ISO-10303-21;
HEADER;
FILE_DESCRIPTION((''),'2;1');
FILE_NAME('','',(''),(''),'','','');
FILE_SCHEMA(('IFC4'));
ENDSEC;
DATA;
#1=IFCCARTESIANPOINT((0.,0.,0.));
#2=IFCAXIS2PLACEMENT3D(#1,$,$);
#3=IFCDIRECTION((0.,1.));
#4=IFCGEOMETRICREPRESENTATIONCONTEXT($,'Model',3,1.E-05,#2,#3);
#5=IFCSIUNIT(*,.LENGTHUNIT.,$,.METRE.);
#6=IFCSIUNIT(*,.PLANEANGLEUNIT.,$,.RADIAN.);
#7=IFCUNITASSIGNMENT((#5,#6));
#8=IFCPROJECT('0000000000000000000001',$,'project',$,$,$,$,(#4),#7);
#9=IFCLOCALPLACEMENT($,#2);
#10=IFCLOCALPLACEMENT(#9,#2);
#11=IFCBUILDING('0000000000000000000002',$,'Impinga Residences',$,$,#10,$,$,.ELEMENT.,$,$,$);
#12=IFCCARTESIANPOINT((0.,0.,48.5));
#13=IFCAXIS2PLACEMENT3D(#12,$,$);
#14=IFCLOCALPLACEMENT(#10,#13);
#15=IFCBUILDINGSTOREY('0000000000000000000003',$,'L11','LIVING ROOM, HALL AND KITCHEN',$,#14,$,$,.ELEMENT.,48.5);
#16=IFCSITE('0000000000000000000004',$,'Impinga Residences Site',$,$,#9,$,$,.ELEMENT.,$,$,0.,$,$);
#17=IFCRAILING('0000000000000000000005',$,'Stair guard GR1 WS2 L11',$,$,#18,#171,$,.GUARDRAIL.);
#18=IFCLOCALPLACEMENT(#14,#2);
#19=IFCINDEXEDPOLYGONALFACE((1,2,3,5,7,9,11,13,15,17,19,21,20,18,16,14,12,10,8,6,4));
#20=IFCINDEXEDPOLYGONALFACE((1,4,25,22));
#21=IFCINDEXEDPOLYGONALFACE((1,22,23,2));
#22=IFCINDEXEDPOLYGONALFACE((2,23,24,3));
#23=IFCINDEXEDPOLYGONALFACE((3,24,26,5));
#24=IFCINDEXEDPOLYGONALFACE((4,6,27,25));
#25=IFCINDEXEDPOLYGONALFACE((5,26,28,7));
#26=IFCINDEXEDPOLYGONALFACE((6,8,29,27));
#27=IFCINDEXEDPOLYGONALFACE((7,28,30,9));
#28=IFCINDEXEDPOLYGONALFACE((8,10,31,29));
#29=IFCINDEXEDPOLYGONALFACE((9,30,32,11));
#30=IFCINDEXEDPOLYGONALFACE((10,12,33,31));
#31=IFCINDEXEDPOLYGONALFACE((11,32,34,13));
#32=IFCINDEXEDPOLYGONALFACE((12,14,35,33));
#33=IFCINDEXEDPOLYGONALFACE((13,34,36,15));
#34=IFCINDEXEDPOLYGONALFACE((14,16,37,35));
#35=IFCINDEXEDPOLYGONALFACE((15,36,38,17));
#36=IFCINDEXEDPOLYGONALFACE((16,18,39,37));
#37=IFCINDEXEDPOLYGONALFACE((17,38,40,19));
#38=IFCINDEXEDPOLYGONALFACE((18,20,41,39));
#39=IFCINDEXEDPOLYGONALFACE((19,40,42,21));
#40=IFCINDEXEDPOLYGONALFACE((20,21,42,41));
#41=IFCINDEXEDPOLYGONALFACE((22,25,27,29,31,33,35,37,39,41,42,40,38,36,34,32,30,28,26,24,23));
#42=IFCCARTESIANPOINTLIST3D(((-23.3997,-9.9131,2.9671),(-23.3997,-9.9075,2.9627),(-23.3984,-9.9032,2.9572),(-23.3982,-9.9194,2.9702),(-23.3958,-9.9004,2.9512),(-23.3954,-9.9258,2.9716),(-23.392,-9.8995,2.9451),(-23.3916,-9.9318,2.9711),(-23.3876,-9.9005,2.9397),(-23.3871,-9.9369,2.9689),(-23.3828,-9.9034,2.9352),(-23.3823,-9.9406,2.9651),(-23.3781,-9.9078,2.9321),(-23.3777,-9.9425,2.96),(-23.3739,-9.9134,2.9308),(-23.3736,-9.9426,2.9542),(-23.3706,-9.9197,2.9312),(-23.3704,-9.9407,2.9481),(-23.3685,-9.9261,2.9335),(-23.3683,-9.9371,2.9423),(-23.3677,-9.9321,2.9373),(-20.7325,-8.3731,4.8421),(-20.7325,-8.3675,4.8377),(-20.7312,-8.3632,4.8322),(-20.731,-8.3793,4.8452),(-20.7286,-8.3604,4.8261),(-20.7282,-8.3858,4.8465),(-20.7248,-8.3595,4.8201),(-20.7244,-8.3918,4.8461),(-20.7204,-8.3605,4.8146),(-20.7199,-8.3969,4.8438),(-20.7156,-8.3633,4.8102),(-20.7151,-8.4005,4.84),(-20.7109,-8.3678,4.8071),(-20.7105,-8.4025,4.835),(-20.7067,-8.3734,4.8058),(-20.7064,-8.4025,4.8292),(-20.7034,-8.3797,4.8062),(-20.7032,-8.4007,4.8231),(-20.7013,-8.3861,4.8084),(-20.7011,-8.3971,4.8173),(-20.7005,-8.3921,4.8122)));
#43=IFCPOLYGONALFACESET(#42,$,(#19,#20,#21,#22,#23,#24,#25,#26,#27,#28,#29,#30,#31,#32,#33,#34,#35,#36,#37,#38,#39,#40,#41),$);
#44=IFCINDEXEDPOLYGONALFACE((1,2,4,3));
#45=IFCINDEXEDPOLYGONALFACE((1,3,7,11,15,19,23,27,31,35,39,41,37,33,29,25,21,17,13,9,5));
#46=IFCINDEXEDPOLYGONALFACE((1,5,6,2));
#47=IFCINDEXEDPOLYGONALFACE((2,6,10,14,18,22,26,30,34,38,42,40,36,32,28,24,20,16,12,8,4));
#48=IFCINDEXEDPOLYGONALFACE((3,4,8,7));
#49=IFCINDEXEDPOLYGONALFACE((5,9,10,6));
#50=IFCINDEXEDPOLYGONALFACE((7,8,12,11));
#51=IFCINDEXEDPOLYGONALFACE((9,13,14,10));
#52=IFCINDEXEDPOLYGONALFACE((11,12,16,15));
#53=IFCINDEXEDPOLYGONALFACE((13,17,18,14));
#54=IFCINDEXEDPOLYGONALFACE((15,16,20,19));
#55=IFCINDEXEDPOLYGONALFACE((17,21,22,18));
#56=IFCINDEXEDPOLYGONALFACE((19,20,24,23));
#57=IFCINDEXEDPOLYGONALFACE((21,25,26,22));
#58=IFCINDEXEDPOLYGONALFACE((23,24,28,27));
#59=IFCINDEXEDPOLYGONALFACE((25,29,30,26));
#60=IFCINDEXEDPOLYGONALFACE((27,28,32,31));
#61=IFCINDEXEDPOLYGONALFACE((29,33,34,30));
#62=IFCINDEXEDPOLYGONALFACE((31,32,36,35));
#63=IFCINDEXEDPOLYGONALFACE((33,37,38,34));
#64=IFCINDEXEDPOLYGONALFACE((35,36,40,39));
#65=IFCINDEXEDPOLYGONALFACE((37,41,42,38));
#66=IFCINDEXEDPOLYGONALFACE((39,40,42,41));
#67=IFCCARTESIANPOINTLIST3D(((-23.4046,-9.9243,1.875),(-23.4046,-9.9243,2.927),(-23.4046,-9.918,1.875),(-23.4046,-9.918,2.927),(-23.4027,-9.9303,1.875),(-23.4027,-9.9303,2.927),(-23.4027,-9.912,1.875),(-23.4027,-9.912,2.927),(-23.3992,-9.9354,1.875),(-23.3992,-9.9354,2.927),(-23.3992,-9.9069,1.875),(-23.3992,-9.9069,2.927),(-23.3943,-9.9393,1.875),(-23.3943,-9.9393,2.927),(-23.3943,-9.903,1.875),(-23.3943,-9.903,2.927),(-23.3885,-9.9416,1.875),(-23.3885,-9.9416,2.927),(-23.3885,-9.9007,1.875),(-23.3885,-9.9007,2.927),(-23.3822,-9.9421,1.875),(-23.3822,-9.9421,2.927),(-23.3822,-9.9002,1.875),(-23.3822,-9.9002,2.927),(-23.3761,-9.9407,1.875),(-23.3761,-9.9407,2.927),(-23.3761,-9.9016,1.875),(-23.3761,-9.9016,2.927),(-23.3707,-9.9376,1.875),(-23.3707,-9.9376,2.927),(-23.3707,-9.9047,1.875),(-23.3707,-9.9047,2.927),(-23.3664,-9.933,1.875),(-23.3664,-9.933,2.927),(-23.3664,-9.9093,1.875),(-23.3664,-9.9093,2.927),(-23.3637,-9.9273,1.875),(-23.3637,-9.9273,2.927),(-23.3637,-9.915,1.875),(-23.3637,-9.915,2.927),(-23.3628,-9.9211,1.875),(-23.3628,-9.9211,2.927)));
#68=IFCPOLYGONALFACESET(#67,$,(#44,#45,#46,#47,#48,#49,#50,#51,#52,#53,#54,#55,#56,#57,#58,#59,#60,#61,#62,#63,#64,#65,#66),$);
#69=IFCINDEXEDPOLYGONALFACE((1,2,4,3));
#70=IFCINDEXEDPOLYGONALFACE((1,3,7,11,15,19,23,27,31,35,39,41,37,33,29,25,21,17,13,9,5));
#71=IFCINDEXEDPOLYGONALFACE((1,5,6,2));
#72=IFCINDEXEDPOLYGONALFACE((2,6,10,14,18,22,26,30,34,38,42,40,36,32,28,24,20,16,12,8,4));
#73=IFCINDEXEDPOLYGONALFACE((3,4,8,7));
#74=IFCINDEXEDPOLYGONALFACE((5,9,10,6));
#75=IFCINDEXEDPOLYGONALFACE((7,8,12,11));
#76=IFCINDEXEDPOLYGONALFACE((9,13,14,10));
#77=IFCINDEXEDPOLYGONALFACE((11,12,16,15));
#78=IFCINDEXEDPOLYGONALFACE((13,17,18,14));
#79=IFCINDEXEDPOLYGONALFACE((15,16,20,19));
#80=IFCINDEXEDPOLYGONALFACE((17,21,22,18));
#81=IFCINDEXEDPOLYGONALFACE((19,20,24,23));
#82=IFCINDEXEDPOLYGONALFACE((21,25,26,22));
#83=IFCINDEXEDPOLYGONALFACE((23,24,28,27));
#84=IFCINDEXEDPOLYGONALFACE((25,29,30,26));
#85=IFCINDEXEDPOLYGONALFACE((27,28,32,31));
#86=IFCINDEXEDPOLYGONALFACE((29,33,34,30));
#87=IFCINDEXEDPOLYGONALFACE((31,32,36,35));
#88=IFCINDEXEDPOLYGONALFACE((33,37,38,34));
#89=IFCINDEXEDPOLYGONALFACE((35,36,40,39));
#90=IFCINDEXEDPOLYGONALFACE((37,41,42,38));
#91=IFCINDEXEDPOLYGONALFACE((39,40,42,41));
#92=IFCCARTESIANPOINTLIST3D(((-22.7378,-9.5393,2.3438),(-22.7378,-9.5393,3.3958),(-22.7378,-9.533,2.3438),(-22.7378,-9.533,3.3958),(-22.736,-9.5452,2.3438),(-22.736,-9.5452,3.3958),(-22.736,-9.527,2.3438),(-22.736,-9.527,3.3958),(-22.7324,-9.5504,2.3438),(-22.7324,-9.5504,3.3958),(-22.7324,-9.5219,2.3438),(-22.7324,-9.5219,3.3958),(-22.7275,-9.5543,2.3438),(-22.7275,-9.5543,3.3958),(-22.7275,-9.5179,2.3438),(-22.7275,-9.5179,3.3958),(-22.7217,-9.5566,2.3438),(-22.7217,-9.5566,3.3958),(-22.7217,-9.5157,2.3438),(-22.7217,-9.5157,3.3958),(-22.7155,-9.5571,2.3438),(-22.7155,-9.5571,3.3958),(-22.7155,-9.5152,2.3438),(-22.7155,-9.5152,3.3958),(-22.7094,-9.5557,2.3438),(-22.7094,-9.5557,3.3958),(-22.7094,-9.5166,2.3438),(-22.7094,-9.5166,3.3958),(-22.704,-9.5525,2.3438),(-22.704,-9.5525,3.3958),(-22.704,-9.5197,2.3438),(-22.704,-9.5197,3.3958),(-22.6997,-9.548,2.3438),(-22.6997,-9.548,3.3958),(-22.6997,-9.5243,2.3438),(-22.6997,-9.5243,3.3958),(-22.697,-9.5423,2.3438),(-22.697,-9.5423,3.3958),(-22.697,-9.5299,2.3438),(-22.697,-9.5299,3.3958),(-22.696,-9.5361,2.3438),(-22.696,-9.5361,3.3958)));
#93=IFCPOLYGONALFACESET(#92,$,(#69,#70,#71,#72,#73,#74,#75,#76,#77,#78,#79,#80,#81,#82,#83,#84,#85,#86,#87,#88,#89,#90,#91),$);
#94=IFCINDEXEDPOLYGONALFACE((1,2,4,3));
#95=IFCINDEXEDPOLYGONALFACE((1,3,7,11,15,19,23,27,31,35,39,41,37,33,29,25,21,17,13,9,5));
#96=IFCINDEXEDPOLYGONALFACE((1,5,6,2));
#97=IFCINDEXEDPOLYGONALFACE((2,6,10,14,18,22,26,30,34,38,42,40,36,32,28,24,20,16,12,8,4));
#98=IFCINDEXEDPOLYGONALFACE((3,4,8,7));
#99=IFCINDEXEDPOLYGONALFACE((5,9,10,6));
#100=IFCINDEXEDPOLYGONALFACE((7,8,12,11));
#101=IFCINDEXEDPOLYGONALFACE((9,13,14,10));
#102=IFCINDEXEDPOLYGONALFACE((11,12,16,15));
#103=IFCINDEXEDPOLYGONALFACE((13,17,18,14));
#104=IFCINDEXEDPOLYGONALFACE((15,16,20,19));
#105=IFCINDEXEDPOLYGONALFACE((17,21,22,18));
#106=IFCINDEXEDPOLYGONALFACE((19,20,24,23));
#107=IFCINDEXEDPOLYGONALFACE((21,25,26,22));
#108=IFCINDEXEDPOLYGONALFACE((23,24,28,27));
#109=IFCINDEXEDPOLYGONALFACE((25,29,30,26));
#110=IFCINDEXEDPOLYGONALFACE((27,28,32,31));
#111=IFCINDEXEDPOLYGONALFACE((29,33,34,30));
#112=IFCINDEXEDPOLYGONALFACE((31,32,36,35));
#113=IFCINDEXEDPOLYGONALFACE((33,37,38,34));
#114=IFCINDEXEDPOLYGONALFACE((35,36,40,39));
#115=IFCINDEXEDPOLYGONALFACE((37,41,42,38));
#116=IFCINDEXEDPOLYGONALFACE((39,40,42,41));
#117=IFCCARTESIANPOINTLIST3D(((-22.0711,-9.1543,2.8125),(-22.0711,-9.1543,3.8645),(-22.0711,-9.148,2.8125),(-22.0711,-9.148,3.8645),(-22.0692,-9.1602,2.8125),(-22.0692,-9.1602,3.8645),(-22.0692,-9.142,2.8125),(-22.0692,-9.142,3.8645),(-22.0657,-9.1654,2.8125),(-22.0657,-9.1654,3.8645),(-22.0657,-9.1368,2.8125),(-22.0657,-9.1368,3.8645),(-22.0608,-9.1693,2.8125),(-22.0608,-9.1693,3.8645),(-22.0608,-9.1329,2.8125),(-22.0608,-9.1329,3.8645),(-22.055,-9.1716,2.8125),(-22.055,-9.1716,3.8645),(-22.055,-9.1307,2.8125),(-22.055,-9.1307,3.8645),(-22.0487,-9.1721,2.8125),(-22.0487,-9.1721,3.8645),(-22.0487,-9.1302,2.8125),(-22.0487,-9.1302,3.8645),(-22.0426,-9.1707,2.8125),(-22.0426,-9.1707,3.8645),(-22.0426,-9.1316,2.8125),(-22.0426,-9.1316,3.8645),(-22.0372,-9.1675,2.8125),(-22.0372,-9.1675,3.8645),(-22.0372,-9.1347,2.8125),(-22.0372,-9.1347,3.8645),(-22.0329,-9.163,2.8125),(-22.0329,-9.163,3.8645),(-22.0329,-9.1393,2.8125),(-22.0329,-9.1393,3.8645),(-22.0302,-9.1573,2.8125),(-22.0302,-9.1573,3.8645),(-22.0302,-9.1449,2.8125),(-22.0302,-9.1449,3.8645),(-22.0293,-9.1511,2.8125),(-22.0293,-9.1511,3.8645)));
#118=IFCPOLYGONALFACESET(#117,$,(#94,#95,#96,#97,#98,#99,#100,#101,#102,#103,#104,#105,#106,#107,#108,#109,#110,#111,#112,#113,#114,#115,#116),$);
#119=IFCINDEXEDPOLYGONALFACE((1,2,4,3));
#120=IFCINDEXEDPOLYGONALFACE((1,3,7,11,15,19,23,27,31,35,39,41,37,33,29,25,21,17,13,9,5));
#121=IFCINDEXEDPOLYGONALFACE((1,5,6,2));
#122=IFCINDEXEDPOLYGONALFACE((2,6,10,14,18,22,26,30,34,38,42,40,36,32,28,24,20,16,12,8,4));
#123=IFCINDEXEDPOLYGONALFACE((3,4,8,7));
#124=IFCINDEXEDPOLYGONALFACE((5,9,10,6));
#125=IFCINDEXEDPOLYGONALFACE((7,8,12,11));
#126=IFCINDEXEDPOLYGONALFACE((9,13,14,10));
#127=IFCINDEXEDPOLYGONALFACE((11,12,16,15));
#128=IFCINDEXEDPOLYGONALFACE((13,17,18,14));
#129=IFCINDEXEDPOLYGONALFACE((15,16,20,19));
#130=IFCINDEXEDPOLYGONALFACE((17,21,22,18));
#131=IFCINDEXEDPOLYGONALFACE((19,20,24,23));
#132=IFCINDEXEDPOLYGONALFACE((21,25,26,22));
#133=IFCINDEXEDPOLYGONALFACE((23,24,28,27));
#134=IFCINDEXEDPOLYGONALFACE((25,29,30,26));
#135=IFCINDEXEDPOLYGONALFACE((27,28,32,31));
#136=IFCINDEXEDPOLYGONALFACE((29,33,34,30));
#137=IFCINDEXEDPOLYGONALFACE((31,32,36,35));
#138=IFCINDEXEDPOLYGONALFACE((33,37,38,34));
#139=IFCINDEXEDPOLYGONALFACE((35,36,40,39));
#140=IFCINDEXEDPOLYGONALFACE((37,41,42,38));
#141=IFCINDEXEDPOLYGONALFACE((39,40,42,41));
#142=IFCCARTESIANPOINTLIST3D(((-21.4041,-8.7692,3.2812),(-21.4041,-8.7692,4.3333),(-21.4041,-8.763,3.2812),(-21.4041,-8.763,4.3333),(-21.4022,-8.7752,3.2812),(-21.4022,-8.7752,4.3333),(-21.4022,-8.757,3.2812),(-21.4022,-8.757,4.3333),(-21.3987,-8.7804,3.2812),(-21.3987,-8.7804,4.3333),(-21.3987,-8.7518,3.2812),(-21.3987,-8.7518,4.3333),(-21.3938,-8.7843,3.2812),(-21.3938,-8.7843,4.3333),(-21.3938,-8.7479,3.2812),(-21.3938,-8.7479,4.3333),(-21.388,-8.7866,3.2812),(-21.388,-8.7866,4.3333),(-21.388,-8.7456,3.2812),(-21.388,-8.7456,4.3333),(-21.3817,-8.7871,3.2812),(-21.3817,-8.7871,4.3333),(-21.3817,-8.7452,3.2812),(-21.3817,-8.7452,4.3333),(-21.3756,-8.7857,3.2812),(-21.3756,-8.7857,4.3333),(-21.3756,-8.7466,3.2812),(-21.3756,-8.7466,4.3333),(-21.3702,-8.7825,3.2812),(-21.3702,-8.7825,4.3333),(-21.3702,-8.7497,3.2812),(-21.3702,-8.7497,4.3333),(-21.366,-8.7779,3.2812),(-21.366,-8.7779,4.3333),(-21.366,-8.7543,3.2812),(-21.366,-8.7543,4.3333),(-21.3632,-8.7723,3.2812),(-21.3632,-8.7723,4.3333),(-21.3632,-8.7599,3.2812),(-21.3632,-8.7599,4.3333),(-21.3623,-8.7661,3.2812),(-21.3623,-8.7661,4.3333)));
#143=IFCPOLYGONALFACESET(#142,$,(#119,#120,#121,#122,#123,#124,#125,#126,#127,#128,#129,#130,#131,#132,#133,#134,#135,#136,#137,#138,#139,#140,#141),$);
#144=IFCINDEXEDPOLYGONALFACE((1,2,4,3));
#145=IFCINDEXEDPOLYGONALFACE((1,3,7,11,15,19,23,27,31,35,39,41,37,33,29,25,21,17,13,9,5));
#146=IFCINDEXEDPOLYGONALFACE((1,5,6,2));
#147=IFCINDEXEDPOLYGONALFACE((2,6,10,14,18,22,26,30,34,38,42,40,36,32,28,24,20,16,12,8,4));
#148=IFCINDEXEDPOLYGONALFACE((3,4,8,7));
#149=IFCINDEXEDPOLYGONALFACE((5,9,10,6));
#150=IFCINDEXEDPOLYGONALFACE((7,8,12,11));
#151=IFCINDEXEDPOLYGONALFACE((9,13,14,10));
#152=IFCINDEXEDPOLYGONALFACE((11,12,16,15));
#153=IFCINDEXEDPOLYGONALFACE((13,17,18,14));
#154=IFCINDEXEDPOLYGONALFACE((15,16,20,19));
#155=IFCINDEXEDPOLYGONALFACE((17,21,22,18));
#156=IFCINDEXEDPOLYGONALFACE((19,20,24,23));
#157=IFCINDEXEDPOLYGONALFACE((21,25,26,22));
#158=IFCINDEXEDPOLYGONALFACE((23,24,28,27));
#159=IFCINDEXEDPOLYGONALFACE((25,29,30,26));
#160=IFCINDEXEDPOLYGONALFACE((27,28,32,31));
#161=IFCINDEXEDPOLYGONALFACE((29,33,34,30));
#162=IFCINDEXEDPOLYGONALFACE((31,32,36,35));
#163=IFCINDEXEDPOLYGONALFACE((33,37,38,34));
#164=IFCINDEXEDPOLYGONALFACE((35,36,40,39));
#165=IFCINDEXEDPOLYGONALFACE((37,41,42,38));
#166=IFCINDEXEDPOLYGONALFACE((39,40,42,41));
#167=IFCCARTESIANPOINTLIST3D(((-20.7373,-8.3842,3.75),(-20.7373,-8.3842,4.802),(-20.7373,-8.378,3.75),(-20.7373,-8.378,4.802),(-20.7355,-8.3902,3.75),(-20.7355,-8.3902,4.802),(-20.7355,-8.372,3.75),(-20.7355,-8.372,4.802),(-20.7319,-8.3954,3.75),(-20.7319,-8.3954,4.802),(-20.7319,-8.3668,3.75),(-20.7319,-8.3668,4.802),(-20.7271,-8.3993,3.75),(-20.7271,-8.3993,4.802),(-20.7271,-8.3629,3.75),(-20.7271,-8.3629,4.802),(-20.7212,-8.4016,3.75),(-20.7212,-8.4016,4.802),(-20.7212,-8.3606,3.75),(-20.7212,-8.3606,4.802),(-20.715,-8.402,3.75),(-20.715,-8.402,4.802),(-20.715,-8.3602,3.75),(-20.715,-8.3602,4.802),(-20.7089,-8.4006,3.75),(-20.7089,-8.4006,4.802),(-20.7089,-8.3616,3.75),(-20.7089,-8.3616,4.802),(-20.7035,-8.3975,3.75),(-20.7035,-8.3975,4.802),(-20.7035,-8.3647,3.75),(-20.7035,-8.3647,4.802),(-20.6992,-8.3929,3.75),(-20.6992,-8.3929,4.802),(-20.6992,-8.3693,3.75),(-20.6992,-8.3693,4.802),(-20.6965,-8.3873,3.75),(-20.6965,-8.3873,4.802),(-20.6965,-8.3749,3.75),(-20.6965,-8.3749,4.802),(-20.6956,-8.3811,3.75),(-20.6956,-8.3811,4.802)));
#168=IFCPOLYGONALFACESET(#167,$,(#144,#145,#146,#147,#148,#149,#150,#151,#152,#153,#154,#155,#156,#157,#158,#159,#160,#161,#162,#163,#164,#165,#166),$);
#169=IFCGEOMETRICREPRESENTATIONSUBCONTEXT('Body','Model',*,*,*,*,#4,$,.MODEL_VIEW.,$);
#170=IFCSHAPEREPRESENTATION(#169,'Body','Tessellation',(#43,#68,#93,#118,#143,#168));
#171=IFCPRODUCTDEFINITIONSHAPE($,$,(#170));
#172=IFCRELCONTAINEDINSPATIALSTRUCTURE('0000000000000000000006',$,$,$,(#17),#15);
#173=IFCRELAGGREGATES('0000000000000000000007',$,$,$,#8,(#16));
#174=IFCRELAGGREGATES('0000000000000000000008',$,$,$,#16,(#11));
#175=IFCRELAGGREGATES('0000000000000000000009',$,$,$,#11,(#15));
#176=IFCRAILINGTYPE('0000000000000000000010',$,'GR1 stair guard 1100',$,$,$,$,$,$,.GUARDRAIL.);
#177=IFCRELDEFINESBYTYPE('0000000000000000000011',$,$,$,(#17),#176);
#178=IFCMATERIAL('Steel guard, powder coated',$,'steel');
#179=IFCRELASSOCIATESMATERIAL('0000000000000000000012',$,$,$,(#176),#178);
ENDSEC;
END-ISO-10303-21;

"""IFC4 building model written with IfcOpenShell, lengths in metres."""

from ifc_helpers import new_model, si_unit, direction, frame, origin, origin_2d, place, context, subcontext, project, spatial, circle, extrude, material, type_object, element, save


model = new_model("IFC4")

# Units and contexts
model_context = context("Model", 3, precision=1e-05, world=origin(), true_north=direction((0.0, 1.0)))
body_context = subcontext(model_context, "Body", "Model", "MODEL_VIEW")
ifc_project = project(units=[si_unit("LENGTHUNIT", "METRE"), si_unit("PLANEANGLEUNIT", "RADIAN")], contexts=[model_context])

# Site, building, storey
site_placement = place(None, origin())
site = spatial("IfcSite", under=ifc_project, at=site_placement, Name="Impinga Residences Site", CompositionType="ELEMENT", RefElevation=0.0)
building_placement = place(site_placement, origin())
building = spatial("IfcBuilding", under=site, at=building_placement, Name="Impinga Residences", CompositionType="ELEMENT")
storey_placement = place(building_placement, frame((0.0, 0.0, 48.5)))
storey = spatial("IfcBuildingStorey", under=building, at=storey_placement, Name="L11", Description="LIVING ROOM, HALL AND KITCHEN", CompositionType="ELEMENT", Elevation=48.5)

# Railing
ifc_material_1 = material(Name="Steel guard, powder coated", Category="steel")
railing_type_1 = type_object("IfcRailingType", Name="GR1 stair guard 1100", PredefinedType="GUARDRAIL", material=ifc_material_1)
railing_1_placement = place(storey_placement, frame((-23.3838, -9.9211, 1.875)))
element("IfcRailing", 1, at=railing_1_placement, inside=storey, type_object=railing_type_1, Name="Stair guard GR1 WS2 L11", PredefinedType="GUARDRAIL", context=body_context, shape_type="SweptSolid", body=[
    extrude(circle(Radius=0.0239, at=origin_2d()), frame((0.0, 0.0, 1.0762), z_axis=(0.739716, 0.427105, 0.520002), x_axis=(-0.500027, 0.86601, 0.0)), (0.0, 0.0, 1.0), 3.6057),
    extrude(circle(Radius=0.021, at=origin_2d()), origin(), (0.0, 0.0, 1.0), 1.052),
    extrude(circle(Radius=0.021, at=origin_2d()), frame((0.6667, 0.385, 0.4688)), (0.0, 0.0, 1.0), 1.052),
    extrude(circle(Radius=0.021, at=origin_2d()), frame((1.3335, 0.77, 0.9375)), (0.0, 0.0, 1.0), 1.052),
    extrude(circle(Radius=0.021, at=origin_2d()), frame((2.0005, 1.155, 1.4062)), (0.0, 0.0, 1.0), 1.052),
    extrude(circle(Radius=0.021, at=origin_2d()), frame((2.6672, 1.54, 1.875)), (0.0, 0.0, 1.0), 1.052),
])

save(model, "model.ifc")
